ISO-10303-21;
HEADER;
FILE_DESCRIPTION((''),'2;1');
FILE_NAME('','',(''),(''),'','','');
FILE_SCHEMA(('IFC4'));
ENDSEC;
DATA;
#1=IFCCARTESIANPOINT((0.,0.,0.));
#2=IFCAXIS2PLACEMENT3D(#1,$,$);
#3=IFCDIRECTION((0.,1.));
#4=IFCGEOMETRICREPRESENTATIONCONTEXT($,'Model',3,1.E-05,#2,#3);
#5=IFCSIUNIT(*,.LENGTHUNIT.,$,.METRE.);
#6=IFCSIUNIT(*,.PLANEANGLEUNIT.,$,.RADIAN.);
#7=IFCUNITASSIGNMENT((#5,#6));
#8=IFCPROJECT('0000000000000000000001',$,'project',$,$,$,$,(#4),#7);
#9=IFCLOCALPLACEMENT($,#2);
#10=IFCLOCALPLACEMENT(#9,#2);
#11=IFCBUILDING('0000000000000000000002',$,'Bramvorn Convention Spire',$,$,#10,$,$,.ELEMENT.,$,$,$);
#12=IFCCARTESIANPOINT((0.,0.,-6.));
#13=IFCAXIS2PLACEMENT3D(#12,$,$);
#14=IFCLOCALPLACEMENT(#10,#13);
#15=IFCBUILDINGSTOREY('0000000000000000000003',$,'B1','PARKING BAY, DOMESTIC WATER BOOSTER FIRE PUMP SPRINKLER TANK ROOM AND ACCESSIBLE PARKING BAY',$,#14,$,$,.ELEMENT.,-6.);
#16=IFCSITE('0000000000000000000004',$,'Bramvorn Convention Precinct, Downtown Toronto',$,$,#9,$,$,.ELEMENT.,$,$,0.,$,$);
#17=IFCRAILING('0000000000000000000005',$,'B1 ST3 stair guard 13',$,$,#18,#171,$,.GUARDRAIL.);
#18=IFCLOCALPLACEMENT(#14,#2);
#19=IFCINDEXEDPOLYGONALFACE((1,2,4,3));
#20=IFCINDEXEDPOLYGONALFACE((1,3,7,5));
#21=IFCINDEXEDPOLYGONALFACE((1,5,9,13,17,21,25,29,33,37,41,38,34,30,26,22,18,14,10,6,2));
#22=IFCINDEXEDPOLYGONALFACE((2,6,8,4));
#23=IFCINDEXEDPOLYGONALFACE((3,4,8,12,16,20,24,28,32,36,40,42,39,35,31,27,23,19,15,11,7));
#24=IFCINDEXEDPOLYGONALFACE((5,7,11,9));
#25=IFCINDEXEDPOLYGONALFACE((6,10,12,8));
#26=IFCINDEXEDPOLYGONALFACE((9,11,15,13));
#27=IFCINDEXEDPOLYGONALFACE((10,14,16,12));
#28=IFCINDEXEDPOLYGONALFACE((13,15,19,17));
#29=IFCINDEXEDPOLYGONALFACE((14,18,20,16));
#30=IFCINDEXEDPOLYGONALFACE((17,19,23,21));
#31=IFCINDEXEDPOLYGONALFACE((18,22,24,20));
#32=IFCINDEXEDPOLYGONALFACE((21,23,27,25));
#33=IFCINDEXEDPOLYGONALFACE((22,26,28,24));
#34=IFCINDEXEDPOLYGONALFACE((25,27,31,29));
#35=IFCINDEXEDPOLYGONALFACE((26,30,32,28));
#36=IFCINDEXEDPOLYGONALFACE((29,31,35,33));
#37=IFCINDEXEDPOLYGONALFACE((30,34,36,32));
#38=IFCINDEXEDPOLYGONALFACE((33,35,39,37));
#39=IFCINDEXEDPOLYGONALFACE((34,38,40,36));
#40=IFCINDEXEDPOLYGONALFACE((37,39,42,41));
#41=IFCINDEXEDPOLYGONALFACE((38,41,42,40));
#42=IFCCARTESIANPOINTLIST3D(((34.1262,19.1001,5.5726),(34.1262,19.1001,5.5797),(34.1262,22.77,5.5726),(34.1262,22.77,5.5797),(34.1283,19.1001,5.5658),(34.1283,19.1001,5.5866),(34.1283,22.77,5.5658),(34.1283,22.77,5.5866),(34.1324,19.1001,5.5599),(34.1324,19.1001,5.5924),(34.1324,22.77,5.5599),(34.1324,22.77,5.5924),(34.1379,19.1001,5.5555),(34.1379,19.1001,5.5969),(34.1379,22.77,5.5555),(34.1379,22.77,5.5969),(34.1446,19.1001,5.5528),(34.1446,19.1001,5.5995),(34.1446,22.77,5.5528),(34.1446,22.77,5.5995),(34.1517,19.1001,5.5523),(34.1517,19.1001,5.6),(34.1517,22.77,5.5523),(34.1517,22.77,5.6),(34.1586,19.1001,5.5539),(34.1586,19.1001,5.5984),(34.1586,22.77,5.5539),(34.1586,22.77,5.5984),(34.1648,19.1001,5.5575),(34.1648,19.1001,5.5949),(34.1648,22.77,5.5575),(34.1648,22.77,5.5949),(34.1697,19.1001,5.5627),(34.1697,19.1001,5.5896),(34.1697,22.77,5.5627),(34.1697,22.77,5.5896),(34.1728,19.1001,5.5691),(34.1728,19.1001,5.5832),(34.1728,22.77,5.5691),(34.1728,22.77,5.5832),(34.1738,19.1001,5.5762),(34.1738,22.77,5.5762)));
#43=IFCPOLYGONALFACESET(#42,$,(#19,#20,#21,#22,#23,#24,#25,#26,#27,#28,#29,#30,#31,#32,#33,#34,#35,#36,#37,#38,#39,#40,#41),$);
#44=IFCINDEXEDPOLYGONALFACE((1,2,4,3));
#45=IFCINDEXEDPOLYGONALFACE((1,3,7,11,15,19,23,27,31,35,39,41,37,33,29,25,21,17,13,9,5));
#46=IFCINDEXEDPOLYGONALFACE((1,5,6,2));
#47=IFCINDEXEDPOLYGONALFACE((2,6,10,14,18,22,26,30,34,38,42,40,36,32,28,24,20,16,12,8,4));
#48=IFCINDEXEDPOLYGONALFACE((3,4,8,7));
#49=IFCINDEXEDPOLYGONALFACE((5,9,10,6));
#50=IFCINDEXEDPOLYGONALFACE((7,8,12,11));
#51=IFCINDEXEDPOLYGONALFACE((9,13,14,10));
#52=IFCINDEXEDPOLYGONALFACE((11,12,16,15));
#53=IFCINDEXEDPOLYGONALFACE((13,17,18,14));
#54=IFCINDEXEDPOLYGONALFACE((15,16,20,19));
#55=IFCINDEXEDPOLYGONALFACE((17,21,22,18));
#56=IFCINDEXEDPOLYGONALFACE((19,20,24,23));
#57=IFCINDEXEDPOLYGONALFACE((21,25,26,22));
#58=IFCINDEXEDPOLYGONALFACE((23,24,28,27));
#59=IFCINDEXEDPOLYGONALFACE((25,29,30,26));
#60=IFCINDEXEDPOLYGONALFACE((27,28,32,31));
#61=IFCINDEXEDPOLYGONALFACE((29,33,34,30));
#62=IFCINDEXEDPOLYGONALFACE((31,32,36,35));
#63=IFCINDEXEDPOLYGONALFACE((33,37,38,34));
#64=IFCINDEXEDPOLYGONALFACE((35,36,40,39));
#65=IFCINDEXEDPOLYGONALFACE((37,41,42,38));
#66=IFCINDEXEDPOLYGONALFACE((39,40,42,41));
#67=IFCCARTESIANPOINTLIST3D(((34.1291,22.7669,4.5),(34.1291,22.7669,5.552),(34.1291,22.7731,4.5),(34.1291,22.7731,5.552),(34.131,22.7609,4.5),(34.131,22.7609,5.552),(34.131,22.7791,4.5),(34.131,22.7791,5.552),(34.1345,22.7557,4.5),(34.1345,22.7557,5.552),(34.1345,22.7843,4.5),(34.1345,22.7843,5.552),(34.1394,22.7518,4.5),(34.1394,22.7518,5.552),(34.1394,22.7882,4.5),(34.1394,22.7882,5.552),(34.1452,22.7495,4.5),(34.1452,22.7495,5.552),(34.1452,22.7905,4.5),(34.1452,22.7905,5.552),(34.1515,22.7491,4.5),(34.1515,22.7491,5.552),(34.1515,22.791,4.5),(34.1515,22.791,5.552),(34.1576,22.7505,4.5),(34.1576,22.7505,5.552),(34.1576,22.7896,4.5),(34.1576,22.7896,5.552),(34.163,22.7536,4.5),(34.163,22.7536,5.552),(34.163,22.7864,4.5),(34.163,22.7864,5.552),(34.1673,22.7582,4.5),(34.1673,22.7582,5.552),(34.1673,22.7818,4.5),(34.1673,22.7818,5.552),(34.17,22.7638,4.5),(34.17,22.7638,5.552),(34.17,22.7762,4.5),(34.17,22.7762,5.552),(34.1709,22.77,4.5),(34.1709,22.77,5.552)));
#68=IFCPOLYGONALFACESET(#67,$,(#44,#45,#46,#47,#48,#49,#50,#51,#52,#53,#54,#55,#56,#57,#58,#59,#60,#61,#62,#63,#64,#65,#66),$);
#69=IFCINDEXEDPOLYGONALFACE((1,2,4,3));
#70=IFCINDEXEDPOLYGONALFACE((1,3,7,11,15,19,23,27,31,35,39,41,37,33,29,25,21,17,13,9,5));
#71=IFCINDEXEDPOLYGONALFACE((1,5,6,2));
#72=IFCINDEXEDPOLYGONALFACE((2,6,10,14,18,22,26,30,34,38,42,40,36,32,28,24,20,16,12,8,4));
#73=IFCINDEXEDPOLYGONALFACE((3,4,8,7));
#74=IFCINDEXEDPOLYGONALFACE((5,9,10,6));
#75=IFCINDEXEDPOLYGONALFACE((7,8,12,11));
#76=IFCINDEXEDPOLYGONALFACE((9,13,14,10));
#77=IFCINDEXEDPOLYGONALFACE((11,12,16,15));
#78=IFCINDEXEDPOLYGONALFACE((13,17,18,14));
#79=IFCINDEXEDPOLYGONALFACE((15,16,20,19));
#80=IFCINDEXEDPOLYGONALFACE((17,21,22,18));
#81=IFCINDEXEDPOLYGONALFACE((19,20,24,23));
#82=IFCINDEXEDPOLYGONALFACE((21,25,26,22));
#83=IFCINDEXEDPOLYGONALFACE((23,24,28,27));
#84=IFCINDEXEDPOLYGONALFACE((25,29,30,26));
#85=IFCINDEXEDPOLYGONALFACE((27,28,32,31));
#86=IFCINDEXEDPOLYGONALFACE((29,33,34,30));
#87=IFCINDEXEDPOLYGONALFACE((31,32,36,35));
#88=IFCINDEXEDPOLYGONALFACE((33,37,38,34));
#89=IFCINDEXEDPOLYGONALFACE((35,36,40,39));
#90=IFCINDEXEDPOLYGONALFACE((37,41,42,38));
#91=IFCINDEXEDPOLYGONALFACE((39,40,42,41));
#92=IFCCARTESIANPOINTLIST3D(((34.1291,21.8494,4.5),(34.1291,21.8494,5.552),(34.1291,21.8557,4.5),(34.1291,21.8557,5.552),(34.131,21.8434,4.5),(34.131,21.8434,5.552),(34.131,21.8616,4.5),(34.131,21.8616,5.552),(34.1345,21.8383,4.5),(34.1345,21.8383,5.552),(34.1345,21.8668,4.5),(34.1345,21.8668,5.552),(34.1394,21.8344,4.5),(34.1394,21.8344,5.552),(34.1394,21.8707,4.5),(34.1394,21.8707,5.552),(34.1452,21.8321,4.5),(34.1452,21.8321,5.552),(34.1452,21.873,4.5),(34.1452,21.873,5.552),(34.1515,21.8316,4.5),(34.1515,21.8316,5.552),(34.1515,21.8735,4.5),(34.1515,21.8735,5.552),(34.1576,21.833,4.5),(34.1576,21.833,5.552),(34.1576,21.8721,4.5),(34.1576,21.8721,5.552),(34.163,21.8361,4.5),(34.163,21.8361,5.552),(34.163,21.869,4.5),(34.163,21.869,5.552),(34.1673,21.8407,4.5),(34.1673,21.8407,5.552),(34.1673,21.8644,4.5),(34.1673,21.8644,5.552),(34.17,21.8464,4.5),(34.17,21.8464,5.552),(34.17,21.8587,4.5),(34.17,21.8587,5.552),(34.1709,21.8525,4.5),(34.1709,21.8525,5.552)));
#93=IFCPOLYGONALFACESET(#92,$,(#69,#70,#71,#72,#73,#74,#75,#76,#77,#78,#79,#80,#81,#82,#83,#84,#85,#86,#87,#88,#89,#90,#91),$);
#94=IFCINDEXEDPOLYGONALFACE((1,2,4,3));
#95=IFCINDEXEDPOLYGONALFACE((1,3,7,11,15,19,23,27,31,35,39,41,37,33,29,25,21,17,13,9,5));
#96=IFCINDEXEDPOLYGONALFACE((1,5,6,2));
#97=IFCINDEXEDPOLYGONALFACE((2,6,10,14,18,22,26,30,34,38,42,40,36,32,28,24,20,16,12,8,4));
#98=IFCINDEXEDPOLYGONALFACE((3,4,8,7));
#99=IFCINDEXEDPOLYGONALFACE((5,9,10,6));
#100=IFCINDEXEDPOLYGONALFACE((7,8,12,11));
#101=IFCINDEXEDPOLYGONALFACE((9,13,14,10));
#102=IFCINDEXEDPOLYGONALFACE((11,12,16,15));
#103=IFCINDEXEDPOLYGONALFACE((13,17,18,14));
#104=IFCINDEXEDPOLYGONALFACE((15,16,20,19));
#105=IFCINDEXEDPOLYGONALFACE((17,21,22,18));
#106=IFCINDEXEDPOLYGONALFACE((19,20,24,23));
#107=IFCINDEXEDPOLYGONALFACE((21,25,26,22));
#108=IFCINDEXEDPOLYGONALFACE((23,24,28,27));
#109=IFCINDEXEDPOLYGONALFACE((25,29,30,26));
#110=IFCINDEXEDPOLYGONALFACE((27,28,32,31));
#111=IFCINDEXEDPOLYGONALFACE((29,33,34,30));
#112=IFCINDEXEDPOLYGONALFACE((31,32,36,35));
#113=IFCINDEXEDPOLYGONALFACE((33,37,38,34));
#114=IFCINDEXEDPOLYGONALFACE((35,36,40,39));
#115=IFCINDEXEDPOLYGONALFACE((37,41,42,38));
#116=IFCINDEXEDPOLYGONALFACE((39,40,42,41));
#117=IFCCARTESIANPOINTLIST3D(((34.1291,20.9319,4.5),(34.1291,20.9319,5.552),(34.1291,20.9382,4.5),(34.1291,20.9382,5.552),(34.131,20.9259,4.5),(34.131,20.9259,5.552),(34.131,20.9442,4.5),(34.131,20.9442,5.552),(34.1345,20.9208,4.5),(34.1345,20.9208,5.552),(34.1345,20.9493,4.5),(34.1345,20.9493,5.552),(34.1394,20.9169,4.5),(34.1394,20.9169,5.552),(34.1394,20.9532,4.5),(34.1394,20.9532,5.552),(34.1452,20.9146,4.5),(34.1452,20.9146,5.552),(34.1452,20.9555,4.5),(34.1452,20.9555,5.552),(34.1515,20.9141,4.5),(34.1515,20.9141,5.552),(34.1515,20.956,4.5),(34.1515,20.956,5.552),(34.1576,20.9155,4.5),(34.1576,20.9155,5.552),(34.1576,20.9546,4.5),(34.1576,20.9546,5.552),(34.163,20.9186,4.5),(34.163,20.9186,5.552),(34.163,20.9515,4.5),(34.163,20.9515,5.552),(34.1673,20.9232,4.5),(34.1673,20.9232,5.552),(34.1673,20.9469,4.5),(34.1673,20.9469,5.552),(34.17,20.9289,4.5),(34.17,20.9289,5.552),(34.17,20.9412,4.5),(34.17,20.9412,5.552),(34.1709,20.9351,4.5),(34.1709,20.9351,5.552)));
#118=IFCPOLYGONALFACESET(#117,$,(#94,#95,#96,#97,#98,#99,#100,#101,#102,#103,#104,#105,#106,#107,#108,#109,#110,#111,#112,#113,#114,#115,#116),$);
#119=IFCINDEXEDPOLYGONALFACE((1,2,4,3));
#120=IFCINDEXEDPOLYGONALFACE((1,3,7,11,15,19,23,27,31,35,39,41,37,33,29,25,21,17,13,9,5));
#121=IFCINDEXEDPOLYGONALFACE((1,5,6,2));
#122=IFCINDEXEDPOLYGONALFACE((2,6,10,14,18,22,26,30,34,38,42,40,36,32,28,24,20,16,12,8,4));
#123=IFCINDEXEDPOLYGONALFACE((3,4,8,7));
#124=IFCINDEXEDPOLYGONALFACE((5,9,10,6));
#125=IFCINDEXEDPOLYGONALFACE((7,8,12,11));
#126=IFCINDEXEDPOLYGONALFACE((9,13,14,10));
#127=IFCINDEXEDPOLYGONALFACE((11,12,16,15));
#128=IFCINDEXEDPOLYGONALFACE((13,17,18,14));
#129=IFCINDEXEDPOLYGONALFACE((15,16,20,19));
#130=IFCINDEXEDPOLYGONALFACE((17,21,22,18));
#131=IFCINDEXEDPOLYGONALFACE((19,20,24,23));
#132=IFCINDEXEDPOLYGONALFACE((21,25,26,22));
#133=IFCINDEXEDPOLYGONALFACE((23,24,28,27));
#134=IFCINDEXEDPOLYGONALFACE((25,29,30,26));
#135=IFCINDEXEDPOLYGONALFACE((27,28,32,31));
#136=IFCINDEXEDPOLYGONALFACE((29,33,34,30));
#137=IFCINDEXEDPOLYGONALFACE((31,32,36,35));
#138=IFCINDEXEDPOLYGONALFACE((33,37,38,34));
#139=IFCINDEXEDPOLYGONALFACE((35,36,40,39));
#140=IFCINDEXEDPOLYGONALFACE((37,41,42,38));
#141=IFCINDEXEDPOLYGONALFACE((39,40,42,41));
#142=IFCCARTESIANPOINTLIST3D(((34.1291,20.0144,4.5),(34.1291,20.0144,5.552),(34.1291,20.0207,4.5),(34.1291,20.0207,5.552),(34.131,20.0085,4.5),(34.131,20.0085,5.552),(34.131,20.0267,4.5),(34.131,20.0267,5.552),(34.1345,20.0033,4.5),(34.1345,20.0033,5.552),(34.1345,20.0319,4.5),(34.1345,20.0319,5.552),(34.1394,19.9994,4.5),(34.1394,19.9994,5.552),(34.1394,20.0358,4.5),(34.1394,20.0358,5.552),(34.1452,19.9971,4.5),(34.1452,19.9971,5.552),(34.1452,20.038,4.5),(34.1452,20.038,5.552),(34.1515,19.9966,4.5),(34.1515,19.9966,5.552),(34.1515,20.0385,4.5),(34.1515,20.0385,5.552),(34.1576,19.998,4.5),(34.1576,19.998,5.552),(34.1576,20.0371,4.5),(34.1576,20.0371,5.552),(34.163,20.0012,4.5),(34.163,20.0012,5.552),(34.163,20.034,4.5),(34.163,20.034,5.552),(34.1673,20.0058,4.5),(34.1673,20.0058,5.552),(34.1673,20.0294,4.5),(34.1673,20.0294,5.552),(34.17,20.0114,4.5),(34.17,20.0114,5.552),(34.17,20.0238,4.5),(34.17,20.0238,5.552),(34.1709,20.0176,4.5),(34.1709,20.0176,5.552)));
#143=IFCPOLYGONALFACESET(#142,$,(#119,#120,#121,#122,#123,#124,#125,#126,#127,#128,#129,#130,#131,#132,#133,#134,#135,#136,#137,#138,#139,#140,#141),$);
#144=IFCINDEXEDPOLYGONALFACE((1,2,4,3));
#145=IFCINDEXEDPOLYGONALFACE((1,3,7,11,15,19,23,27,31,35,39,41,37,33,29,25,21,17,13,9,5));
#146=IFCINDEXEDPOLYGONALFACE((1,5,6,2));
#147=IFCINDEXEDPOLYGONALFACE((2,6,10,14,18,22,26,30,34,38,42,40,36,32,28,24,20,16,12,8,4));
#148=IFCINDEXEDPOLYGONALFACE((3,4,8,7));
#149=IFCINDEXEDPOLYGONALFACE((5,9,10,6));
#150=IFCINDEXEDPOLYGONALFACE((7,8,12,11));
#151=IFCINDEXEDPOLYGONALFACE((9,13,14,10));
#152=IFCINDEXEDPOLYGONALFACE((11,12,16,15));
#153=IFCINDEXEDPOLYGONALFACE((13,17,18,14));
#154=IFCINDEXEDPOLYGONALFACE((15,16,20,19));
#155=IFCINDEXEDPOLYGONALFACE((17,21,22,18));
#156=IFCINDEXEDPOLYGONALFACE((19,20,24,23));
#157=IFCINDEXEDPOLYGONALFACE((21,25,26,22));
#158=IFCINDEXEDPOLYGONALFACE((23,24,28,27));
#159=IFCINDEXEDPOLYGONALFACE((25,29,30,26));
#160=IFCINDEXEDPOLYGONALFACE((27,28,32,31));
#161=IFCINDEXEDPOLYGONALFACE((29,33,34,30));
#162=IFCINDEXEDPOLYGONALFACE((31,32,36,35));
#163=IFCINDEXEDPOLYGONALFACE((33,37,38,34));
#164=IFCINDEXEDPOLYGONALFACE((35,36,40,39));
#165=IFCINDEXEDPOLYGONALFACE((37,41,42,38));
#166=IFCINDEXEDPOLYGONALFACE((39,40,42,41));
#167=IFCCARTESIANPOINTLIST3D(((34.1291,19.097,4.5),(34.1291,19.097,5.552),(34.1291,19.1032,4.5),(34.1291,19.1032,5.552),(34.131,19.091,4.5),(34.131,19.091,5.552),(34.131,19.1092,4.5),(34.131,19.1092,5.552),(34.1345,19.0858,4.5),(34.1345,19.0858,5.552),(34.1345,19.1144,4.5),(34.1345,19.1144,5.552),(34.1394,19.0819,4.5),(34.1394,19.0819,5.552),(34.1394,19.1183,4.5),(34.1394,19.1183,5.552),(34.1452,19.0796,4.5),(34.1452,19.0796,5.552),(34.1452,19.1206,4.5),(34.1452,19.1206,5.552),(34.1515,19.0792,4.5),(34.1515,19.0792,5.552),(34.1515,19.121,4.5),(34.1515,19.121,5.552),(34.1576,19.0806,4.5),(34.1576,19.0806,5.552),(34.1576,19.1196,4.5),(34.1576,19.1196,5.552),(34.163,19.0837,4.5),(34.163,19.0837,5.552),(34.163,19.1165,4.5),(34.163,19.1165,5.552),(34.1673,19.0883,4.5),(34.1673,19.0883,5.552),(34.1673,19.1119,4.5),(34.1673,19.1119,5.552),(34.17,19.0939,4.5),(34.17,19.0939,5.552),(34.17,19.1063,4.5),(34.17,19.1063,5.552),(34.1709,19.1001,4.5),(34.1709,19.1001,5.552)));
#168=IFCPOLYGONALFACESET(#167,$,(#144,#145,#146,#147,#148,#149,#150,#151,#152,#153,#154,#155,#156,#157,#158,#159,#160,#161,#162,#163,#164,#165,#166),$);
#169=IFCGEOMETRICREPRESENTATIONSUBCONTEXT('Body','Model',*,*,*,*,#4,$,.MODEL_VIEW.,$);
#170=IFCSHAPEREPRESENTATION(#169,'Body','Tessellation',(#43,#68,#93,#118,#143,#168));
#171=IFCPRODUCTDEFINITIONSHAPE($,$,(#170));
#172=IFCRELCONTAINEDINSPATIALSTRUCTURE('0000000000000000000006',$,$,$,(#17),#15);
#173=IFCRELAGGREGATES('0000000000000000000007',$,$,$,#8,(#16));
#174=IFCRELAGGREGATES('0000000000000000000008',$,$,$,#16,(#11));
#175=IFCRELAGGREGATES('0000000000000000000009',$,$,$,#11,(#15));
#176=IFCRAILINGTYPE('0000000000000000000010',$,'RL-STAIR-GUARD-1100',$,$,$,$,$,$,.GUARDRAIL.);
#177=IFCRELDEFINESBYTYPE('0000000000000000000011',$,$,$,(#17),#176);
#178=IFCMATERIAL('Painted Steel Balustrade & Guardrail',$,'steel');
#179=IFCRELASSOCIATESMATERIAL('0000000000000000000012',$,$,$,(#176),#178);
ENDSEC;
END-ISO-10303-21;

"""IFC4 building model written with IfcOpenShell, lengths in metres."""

from ifc_helpers import new_model, si_unit, direction, frame, origin, origin_2d, place, context, subcontext, project, spatial, circle, extrude, material, type_object, element, save


model = new_model("IFC4")

# Units and contexts
model_context = context("Model", 3, precision=1e-05, world=origin(), true_north=direction((0.0, 1.0)))
body_context = subcontext(model_context, "Body", "Model", "MODEL_VIEW")
ifc_project = project(units=[si_unit("LENGTHUNIT", "METRE"), si_unit("PLANEANGLEUNIT", "RADIAN")], contexts=[model_context])

# Site, building, storey
site_placement = place(None, origin())
site = spatial("IfcSite", under=ifc_project, at=site_placement, Name="Bramvorn Convention Precinct, Downtown Toronto", CompositionType="ELEMENT", RefElevation=0.0)
building_placement = place(site_placement, origin())
building = spatial("IfcBuilding", under=site, at=building_placement, Name="Bramvorn Convention Spire", CompositionType="ELEMENT")
storey_placement = place(building_placement, frame((0.0, 0.0, -6.0)))
storey = spatial("IfcBuildingStorey", under=building, at=storey_placement, Name="B1", Description="PARKING BAY, DOMESTIC WATER BOOSTER FIRE PUMP SPRINKLER TANK ROOM AND ACCESSIBLE PARKING BAY", CompositionType="ELEMENT", Elevation=-6.0)

# Railing
ifc_material_1 = material(Name="Painted Steel Balustrade & Guardrail", Category="steel")
railing_type_1 = type_object("IfcRailingType", Name="RL-STAIR-GUARD-1100", PredefinedType="GUARDRAIL", material=ifc_material_1)
railing_1_placement = place(storey_placement, frame((34.1499, 22.77, 4.5)))
element("IfcRailing", 1, at=railing_1_placement, inside=storey, type_object=railing_type_1, Name="B1 ST3 stair guard 13", PredefinedType="GUARDRAIL", context=body_context, shape_type="SweptSolid", body=[
    extrude(circle(Radius=0.0239, at=origin_2d()), frame((0.0, 0.0, 1.0762), z_axis=(0.0, -1.0, 0.0), x_axis=(1.0, 0.0, 0.0)), (0.0, 0.0, 1.0), 3.6699),
    extrude(circle(Radius=0.021, at=origin_2d()), origin(), (0.0, 0.0, 1.0), 1.052),
    extrude(circle(Radius=0.021, at=origin_2d()), frame((0.0, -0.9175, 0.0)), (0.0, 0.0, 1.0), 1.052),
    extrude(circle(Radius=0.021, at=origin_2d()), frame((0.0, -1.835, 0.0)), (0.0, 0.0, 1.0), 1.052),
    extrude(circle(Radius=0.021, at=origin_2d()), frame((0.0, -2.7524, 0.0)), (0.0, 0.0, 1.0), 1.052),
    extrude(circle(Radius=0.021, at=origin_2d()), frame((0.0, -3.6699, 0.0)), (0.0, 0.0, 1.0), 1.052),
])

save(model, "model.ifc")
